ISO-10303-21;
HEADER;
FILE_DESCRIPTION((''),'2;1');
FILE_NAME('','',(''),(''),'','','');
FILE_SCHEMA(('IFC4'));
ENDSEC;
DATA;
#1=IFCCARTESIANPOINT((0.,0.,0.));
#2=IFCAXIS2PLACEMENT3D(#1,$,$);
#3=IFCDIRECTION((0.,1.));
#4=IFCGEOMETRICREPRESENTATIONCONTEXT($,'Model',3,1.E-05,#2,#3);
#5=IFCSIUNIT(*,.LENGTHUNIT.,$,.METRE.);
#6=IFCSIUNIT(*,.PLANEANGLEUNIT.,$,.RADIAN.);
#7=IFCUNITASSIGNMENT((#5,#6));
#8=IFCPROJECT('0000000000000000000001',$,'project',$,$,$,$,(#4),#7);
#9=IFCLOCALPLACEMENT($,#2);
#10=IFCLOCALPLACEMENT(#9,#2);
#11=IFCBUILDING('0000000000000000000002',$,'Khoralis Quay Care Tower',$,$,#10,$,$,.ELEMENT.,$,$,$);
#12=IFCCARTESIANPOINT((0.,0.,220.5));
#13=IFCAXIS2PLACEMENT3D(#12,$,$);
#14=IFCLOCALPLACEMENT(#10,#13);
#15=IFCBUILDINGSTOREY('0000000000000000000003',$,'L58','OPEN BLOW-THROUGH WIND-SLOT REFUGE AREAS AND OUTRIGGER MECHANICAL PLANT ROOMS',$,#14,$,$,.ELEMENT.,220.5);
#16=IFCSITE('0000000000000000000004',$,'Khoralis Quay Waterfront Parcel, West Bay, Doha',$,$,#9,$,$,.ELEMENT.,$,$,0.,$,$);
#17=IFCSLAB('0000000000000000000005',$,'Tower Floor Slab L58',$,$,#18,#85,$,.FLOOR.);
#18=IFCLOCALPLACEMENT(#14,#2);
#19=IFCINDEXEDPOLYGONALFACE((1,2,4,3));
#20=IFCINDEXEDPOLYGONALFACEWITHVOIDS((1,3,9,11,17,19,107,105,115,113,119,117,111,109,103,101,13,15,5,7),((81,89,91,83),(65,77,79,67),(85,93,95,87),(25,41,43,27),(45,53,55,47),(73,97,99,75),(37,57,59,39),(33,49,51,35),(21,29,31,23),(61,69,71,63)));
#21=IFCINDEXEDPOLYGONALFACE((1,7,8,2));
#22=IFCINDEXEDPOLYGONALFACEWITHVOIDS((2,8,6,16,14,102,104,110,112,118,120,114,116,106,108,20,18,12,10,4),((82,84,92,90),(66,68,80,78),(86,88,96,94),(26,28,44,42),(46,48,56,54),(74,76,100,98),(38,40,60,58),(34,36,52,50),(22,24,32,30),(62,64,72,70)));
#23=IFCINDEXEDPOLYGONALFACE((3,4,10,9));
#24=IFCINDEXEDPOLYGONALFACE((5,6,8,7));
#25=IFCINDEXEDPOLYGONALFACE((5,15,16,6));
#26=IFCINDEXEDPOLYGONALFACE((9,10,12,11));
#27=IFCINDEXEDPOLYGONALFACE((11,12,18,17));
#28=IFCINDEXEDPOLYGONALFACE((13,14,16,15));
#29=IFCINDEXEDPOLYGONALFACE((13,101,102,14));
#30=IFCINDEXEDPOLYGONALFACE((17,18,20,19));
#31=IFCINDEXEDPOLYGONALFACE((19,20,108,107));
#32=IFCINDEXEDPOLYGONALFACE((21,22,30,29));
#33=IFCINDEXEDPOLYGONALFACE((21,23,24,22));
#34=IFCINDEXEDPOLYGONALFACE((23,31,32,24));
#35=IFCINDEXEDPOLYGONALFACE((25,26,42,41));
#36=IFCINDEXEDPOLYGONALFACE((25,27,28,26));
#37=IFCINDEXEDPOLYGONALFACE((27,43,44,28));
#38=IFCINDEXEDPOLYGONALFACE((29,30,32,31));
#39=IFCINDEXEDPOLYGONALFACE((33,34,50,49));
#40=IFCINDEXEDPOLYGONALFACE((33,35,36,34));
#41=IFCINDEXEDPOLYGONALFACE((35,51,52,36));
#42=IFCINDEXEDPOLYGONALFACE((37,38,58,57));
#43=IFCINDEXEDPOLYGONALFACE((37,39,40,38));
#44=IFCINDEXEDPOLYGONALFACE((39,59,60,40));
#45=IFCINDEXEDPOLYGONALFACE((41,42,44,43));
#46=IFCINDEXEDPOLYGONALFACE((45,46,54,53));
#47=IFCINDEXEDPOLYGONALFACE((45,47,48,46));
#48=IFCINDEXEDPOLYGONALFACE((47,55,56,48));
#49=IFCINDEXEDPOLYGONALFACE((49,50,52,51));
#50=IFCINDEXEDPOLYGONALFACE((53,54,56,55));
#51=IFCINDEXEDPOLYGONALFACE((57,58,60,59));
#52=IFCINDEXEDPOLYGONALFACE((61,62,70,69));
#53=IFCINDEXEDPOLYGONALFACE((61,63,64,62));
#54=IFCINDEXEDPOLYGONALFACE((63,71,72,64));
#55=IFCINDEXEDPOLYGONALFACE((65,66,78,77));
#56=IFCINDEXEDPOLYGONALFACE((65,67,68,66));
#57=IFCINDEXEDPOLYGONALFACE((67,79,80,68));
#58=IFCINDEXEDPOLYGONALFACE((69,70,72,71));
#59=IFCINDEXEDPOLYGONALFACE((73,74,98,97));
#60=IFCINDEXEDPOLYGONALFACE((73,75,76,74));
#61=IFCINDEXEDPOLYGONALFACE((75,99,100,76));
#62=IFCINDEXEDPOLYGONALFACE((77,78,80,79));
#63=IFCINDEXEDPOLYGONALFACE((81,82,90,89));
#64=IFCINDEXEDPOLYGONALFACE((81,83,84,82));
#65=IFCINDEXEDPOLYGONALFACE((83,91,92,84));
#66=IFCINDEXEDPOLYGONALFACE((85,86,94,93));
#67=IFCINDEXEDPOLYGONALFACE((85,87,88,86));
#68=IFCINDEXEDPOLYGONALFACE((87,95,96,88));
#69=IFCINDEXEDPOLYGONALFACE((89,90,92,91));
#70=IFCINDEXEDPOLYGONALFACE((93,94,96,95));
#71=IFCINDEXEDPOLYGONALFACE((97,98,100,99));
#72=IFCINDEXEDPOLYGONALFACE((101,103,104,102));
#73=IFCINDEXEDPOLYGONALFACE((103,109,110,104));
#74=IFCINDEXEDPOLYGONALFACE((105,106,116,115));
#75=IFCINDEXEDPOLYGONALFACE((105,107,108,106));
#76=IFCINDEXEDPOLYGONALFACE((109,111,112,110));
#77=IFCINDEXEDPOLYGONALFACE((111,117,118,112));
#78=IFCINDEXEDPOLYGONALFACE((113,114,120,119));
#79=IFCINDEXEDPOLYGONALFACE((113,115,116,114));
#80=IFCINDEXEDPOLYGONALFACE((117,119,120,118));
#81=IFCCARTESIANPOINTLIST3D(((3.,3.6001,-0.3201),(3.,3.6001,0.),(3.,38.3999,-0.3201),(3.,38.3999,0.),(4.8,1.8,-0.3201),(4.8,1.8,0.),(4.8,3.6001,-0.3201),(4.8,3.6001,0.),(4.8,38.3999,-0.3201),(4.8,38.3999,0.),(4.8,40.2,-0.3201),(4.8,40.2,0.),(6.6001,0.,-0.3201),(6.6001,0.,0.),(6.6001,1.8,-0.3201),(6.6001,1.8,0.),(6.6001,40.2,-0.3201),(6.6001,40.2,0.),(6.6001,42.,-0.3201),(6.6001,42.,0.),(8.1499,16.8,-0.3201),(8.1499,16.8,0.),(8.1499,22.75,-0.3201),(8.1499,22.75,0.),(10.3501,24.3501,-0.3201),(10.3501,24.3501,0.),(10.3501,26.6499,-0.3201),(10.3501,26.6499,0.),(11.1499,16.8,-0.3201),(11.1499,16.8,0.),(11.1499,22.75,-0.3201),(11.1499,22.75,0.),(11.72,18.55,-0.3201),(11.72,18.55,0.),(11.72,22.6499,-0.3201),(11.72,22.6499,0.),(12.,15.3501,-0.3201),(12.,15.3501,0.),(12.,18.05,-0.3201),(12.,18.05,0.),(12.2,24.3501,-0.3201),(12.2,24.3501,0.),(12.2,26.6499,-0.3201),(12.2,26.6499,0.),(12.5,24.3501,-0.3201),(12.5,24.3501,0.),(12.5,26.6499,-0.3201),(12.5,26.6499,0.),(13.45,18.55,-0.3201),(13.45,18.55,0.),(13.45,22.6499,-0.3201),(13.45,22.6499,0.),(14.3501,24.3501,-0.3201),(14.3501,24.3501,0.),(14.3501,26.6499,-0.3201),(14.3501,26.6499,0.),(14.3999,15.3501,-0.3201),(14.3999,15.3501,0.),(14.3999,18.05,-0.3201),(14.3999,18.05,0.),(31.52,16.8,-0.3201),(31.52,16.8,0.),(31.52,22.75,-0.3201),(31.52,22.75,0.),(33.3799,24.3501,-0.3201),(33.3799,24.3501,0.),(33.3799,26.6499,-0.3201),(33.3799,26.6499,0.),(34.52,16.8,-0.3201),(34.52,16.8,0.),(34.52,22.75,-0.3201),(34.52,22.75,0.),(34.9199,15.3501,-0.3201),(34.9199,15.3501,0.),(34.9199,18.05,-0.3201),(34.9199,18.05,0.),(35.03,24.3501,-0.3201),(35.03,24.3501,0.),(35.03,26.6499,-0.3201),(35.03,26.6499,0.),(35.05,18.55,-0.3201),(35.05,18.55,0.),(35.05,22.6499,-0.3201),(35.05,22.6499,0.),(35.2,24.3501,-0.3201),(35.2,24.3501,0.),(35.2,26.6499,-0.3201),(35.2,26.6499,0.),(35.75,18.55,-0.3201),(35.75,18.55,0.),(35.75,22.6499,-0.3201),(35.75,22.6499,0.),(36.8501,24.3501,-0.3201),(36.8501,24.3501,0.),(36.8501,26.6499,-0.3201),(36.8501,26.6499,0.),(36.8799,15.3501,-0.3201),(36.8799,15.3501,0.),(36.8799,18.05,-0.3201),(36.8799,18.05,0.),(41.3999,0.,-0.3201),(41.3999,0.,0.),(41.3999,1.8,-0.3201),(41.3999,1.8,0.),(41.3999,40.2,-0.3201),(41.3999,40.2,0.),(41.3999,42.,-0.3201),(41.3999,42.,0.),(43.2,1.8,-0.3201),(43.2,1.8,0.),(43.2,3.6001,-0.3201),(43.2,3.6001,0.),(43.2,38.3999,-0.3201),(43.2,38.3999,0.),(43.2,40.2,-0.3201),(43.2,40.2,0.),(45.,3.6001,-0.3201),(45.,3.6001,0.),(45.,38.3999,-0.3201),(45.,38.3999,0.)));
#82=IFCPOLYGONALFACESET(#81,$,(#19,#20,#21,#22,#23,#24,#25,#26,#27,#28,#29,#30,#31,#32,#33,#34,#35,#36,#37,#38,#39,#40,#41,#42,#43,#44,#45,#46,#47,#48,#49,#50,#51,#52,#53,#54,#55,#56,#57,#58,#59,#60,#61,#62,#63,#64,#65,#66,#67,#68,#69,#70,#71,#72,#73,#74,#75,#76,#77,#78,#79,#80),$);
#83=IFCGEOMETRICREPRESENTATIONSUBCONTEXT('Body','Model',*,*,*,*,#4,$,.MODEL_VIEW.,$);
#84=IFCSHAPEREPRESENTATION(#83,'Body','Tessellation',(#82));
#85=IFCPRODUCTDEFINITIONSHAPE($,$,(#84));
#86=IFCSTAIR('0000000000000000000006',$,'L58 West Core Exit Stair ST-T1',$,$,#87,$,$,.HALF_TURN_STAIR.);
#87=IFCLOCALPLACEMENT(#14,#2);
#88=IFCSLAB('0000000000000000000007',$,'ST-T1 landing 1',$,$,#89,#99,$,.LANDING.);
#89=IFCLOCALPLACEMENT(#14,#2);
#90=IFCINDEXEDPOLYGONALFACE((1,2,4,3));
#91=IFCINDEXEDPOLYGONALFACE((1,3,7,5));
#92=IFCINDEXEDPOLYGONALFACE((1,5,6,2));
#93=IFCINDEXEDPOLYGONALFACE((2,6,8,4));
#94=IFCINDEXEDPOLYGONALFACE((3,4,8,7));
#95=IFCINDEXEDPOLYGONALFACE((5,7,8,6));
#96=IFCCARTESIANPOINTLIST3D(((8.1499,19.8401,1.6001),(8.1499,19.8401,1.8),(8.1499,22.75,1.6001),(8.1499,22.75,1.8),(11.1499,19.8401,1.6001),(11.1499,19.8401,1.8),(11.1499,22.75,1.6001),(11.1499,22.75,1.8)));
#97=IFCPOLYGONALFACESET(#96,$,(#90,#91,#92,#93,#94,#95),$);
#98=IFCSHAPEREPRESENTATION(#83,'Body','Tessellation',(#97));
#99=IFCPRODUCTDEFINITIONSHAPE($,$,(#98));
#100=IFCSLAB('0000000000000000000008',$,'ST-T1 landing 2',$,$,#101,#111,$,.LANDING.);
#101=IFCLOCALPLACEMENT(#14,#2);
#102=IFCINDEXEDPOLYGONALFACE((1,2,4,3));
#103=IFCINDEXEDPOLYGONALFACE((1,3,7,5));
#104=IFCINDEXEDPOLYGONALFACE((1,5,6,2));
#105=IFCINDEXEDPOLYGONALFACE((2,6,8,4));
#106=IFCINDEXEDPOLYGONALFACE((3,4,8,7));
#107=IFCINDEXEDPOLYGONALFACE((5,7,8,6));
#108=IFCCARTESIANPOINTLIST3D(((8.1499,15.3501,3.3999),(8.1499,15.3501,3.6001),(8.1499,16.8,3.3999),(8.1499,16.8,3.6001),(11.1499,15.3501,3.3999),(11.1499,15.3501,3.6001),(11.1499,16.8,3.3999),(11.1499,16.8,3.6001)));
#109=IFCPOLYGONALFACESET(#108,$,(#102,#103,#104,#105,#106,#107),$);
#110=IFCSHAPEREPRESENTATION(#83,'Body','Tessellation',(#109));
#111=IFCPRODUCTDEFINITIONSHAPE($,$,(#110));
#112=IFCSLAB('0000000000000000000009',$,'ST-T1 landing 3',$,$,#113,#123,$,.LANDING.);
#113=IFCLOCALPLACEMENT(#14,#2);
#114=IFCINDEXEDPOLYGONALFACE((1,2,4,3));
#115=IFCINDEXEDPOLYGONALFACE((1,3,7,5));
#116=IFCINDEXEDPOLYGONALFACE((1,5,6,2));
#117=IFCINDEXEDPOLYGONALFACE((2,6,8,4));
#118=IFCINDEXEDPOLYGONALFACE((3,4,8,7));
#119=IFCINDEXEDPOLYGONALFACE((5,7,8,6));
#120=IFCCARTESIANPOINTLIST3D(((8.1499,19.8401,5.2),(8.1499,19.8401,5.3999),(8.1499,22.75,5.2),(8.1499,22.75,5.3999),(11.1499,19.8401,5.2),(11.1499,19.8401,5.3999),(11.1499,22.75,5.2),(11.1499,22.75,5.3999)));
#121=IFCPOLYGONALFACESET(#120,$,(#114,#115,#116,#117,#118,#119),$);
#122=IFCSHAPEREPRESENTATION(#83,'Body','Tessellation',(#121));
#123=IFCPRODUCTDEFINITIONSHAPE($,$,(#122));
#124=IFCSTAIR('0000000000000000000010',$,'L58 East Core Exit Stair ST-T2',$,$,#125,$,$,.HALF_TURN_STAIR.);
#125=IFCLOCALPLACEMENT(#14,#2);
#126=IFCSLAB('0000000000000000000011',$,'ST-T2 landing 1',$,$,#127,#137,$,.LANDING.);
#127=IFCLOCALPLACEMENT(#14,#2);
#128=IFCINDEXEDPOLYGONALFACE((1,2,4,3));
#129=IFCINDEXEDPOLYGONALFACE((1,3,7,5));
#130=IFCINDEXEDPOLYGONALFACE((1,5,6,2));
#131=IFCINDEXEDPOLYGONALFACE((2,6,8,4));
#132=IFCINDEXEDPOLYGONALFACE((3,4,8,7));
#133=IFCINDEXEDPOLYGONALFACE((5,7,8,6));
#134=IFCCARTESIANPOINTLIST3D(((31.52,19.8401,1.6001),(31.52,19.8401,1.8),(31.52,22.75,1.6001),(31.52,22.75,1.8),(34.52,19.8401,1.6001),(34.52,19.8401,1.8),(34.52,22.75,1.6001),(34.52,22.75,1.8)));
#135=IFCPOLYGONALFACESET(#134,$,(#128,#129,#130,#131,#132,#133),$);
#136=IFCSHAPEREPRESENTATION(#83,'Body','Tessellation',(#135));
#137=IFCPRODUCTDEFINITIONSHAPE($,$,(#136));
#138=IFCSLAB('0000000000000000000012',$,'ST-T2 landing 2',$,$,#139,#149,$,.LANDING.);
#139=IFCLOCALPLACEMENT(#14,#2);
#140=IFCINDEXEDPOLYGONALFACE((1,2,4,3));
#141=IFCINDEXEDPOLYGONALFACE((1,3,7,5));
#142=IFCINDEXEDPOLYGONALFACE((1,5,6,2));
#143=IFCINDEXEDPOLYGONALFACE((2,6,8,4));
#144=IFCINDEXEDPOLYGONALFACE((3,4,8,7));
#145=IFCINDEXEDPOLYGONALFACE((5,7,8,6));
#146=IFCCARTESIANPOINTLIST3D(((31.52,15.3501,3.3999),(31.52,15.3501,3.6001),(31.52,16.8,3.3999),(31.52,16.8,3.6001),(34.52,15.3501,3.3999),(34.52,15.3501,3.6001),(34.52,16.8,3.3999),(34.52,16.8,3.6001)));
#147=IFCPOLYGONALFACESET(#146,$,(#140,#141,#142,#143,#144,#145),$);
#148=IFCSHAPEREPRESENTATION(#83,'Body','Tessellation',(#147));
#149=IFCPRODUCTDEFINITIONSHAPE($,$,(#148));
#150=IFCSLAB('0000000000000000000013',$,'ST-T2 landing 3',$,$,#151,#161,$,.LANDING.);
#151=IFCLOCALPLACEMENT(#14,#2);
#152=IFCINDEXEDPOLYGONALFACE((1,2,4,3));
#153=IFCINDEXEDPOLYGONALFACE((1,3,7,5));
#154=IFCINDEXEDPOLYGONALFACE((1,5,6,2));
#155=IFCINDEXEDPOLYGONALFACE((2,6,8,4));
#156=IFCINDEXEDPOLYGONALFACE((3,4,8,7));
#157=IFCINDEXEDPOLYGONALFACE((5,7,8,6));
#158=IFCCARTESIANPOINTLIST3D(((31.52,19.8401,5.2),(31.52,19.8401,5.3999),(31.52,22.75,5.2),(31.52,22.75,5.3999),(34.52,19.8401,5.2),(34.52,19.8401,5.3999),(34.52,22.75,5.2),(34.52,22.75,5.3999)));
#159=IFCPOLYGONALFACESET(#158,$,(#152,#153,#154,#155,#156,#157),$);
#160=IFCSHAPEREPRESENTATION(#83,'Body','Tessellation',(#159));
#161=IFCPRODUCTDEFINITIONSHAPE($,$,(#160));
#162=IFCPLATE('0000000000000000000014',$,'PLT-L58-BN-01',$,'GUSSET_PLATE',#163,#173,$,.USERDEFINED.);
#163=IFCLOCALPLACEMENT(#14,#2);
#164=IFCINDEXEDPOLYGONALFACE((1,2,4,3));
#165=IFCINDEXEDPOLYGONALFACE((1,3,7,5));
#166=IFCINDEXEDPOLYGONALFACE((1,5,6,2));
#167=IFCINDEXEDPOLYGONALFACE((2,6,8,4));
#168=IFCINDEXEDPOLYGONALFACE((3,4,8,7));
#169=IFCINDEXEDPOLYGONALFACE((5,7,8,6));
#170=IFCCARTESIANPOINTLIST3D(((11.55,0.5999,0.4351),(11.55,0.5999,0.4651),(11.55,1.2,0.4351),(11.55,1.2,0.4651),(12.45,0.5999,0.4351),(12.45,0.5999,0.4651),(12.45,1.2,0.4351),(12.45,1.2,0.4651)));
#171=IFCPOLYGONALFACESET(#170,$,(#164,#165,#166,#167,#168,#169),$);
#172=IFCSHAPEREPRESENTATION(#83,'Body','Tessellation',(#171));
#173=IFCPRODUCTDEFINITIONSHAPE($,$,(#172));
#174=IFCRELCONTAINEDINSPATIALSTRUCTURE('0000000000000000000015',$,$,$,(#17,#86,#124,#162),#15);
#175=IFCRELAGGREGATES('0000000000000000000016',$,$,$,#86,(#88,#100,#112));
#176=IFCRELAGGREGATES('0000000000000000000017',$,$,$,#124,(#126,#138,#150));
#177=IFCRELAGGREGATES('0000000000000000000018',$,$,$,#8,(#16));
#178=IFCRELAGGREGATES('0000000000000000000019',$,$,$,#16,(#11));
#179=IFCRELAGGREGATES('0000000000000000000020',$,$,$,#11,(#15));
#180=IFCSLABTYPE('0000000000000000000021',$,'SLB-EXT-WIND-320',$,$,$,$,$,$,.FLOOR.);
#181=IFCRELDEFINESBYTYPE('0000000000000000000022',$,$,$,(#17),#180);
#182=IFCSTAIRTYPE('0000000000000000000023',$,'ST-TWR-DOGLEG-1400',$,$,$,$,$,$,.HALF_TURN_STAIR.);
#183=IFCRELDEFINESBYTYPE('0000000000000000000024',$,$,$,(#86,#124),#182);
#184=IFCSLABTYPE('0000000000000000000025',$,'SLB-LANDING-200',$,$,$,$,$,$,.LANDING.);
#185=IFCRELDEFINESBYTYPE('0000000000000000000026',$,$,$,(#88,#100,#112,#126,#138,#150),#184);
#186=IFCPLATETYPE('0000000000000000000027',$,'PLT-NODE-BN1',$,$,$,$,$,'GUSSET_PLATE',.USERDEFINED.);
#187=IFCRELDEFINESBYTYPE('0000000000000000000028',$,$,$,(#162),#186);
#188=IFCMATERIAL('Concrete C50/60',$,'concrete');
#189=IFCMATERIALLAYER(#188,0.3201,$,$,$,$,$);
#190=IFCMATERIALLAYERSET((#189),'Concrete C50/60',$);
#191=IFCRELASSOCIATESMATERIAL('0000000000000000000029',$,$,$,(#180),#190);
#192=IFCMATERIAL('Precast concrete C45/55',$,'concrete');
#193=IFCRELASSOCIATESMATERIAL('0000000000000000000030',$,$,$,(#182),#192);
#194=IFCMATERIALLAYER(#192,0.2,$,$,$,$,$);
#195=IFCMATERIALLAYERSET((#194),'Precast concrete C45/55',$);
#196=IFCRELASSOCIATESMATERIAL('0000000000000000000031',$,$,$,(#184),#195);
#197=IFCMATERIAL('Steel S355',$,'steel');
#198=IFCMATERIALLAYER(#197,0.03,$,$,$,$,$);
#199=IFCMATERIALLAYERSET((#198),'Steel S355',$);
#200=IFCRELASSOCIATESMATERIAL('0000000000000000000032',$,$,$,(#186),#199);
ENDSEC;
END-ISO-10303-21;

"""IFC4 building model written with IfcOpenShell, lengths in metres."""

from ifc_helpers import new_model, si_unit, direction, frame, origin, origin_2d, place, context, subcontext, project, spatial, polyline, rectangle, outline, extrude, source, transform, mapped, material, layer, layer_set, type_object, element, aggregate, save


model = new_model("IFC4")

# Units and contexts
model_context = context("Model", 3, precision=1e-05, world=origin(), true_north=direction((0.0, 1.0)))
body_context = subcontext(model_context, "Body", "Model", "MODEL_VIEW")
ifc_project = project(units=[si_unit("LENGTHUNIT", "METRE"), si_unit("PLANEANGLEUNIT", "RADIAN")], contexts=[model_context])

# Site, building, storey
site_placement = place(None, origin())
site = spatial("IfcSite", under=ifc_project, at=site_placement, Name="Khoralis Quay Waterfront Parcel, West Bay, Doha", CompositionType="ELEMENT", RefElevation=0.0)
building_placement = place(site_placement, origin())
building = spatial("IfcBuilding", under=site, at=building_placement, Name="Khoralis Quay Care Tower", CompositionType="ELEMENT")
storey_placement = place(building_placement, frame((0.0, 0.0, 220.5)))
storey = spatial("IfcBuildingStorey", under=building, at=storey_placement, Name="L58", Description="OPEN BLOW-THROUGH WIND-SLOT REFUGE AREAS AND OUTRIGGER MECHANICAL PLANT ROOMS", CompositionType="ELEMENT", Elevation=220.5)

# Shared definitions
ifc_material_1 = material(Name="Steel S355", Category="steel")

# Slab
ifc_material_2 = material(Name="Concrete C50/60", Category="concrete")
ifc_layer_1 = layer(ifc_material_2, 0.3201)
ifc_layer_set_1 = layer_set([ifc_layer_1], Name="Concrete C50/60")
slab_type_1 = type_object("IfcSlabType", Name="SLB-EXT-WIND-320", PredefinedType="FLOOR", material=ifc_layer_set_1)
slab_1_placement = place(storey_placement, frame((0.0, 0.0, -0.3201)))
element("IfcSlab", 1, at=slab_1_placement, inside=storey, type_object=slab_type_1, Name="Tower Floor Slab L58", PredefinedType="FLOOR", context=body_context, shape_type="SweptSolid", body=[
    extrude(outline(polyline([(6.6001, 0.0), (41.3999, 0.0), (41.3999, 1.8), (43.2, 1.8), (43.2, 3.6001), (45.0, 3.6001), (45.0, 38.3999), (43.2, 38.3999), (43.2, 40.2), (41.3999, 40.2), (41.3999, 42.0), (6.6001, 42.0), (6.6001, 40.2), (4.8, 40.2), (4.8, 38.3999), (3.0, 38.3999), (3.0, 3.6001), (4.8, 3.6001), (4.8, 1.8), (6.6001, 1.8), (6.6001, 0.0)]), holes=[polyline([(11.1499, 16.8), (11.1499, 22.75), (8.1499, 22.75), (8.1499, 16.8), (11.1499, 16.8)]), polyline([(34.52, 16.8), (34.52, 22.75), (31.52, 22.75), (31.52, 16.8), (34.52, 16.8)]), polyline([(12.0, 15.3501), (14.3999, 15.3501), (14.3999, 18.05), (12.0, 18.05), (12.0, 15.3501)]), polyline([(34.9199, 15.3501), (36.8799, 15.3501), (36.8799, 18.05), (34.9199, 18.05), (34.9199, 15.3501)]), polyline([(10.3501, 24.3501), (12.2, 24.3501), (12.2, 26.6499), (10.3501, 26.6499), (10.3501, 24.3501)]), polyline([(33.3799, 24.3501), (35.03, 24.3501), (35.03, 26.6499), (33.3799, 26.6499), (33.3799, 24.3501)]), polyline([(12.5, 24.3501), (14.3501, 24.3501), (14.3501, 26.6499), (12.5, 26.6499), (12.5, 24.3501)]), polyline([(35.2, 24.3501), (36.8501, 24.3501), (36.8501, 26.6499), (35.2, 26.6499), (35.2, 24.3501)]), polyline([(11.72, 18.55), (13.45, 18.55), (13.45, 22.6499), (11.72, 22.6499), (11.72, 18.55)]), polyline([(35.05, 18.55), (35.75, 18.55), (35.75, 22.6499), (35.05, 22.6499), (35.05, 18.55)])]), origin(), (0.0, 0.0, 1.0), 0.3201),
])

# Stairs, slabs
ifc_material_3 = material(Name="Precast concrete C45/55", Category="concrete")
stair_type = type_object("IfcStairType", Name="ST-TWR-DOGLEG-1400", PredefinedType="HALF_TURN_STAIR", material=ifc_material_3)
stair_1_placement = place(storey_placement, origin())
stair_1 = element("IfcStair", 2, at=stair_1_placement, inside=storey, type_object=stair_type, Name="L58 West Core Exit Stair ST-T1", PredefinedType="HALF_TURN_STAIR")
ifc_layer_2 = layer(ifc_material_3, 0.2)
ifc_layer_set_2 = layer_set([ifc_layer_2], Name="Precast concrete C45/55")
slab_type_2 = type_object("IfcSlabType", Name="SLB-LANDING-200", PredefinedType="LANDING", material=ifc_layer_set_2)
slab_2_placement = place(storey_placement, frame((0.0, 0.0, 1.6001)))
slab_2 = element("IfcSlab", 3, at=slab_2_placement, type_object=slab_type_2, Name="ST-T1 landing 1", PredefinedType="LANDING", context=body_context, shape_type="SweptSolid", body=[
    extrude(outline(polyline([(11.1499, 19.8401), (11.1499, 22.75), (8.1499, 22.75), (8.1499, 19.8401), (11.1499, 19.8401)])), origin(), (0.0, 0.0, 1.0), 0.2),
])
slab_3_placement = place(storey_placement, frame((0.0, 0.0, 3.3999)))
slab_3 = element("IfcSlab", 4, at=slab_3_placement, type_object=slab_type_2, Name="ST-T1 landing 2", PredefinedType="LANDING", context=body_context, shape_type="SweptSolid", body=[
    extrude(outline(polyline([(11.1499, 15.3501), (11.1499, 16.8), (8.1499, 16.8), (8.1499, 15.3501), (11.1499, 15.3501)])), origin(), (0.0, 0.0, 1.0), 0.2002),
])
slab_4_placement = place(storey_placement, frame((0.0, 0.0, 5.2)))
slab_4 = element("IfcSlab", 5, at=slab_4_placement, type_object=slab_type_2, Name="ST-T1 landing 3", PredefinedType="LANDING", context=body_context, shape_type="SweptSolid", body=[
    extrude(outline(polyline([(11.1499, 19.8401), (11.1499, 22.75), (8.1499, 22.75), (8.1499, 19.8401), (11.1499, 19.8401)])), origin(), (0.0, 0.0, 1.0), 0.2),
])
aggregate(stair_1, [slab_2, slab_3, slab_4])
stair_2_placement = place(storey_placement, origin())
stair_2 = element("IfcStair", 6, at=stair_2_placement, inside=storey, type_object=stair_type, Name="L58 East Core Exit Stair ST-T2", PredefinedType="HALF_TURN_STAIR")
slab_5_placement = place(storey_placement, frame((0.0, 0.0, 1.6001)))
slab_5 = element("IfcSlab", 7, at=slab_5_placement, type_object=slab_type_2, Name="ST-T2 landing 1", PredefinedType="LANDING", context=body_context, shape_type="SweptSolid", body=[
    extrude(outline(polyline([(34.52, 19.8401), (34.52, 22.75), (31.52, 22.75), (31.52, 19.8401), (34.52, 19.8401)])), origin(), (0.0, 0.0, 1.0), 0.2),
])
slab_6_placement = place(storey_placement, frame((0.0, 0.0, 3.3999)))
slab_6 = element("IfcSlab", 8, at=slab_6_placement, type_object=slab_type_2, Name="ST-T2 landing 2", PredefinedType="LANDING", context=body_context, shape_type="SweptSolid", body=[
    extrude(outline(polyline([(34.52, 15.3501), (34.52, 16.8), (31.52, 16.8), (31.52, 15.3501), (34.52, 15.3501)])), origin(), (0.0, 0.0, 1.0), 0.2002),
])
slab_7_placement = place(storey_placement, frame((0.0, 0.0, 5.2)))
slab_7 = element("IfcSlab", 9, at=slab_7_placement, type_object=slab_type_2, Name="ST-T2 landing 3", PredefinedType="LANDING", context=body_context, shape_type="SweptSolid", body=[
    extrude(outline(polyline([(34.52, 19.8401), (34.52, 22.75), (31.52, 22.75), (31.52, 19.8401), (34.52, 19.8401)])), origin(), (0.0, 0.0, 1.0), 0.2),
])
aggregate(stair_2, [slab_5, slab_6, slab_7])

# Plate
ifc_layer_3 = layer(ifc_material_1, 0.03)
ifc_layer_set_3 = layer_set([ifc_layer_3], Name="Steel S355")
plate_type = type_object("IfcPlateType", Name="PLT-NODE-BN1", ElementType="GUSSET_PLATE", PredefinedType="USERDEFINED", material=ifc_layer_set_3)
shared_shape_1 = source(origin(), body_context, "Body", "SweptSolid", [
    extrude(rectangle(XDim=0.8999, YDim=0.6001, at=origin_2d()), origin(), (0.0, 0.0, 1.0), 0.03),
])
plate_placement = place(storey_placement, frame((12.0, 0.8999, 0.4351), z_axis=(0.0, 0.0, 1.0), x_axis=(1.0, 0.0, 0.0)))
element("IfcPlate", 10, at=plate_placement, inside=storey, type_object=plate_type, Name="PLT-L58-BN-01", ObjectType="GUSSET_PLATE", PredefinedType="USERDEFINED", context=body_context, shape_type="MappedRepresentation", body=[
    mapped(shared_shape_1, transform((0.0, 0.0, 0.0), scale=1.0)),
])

save(model, "model.ifc")
